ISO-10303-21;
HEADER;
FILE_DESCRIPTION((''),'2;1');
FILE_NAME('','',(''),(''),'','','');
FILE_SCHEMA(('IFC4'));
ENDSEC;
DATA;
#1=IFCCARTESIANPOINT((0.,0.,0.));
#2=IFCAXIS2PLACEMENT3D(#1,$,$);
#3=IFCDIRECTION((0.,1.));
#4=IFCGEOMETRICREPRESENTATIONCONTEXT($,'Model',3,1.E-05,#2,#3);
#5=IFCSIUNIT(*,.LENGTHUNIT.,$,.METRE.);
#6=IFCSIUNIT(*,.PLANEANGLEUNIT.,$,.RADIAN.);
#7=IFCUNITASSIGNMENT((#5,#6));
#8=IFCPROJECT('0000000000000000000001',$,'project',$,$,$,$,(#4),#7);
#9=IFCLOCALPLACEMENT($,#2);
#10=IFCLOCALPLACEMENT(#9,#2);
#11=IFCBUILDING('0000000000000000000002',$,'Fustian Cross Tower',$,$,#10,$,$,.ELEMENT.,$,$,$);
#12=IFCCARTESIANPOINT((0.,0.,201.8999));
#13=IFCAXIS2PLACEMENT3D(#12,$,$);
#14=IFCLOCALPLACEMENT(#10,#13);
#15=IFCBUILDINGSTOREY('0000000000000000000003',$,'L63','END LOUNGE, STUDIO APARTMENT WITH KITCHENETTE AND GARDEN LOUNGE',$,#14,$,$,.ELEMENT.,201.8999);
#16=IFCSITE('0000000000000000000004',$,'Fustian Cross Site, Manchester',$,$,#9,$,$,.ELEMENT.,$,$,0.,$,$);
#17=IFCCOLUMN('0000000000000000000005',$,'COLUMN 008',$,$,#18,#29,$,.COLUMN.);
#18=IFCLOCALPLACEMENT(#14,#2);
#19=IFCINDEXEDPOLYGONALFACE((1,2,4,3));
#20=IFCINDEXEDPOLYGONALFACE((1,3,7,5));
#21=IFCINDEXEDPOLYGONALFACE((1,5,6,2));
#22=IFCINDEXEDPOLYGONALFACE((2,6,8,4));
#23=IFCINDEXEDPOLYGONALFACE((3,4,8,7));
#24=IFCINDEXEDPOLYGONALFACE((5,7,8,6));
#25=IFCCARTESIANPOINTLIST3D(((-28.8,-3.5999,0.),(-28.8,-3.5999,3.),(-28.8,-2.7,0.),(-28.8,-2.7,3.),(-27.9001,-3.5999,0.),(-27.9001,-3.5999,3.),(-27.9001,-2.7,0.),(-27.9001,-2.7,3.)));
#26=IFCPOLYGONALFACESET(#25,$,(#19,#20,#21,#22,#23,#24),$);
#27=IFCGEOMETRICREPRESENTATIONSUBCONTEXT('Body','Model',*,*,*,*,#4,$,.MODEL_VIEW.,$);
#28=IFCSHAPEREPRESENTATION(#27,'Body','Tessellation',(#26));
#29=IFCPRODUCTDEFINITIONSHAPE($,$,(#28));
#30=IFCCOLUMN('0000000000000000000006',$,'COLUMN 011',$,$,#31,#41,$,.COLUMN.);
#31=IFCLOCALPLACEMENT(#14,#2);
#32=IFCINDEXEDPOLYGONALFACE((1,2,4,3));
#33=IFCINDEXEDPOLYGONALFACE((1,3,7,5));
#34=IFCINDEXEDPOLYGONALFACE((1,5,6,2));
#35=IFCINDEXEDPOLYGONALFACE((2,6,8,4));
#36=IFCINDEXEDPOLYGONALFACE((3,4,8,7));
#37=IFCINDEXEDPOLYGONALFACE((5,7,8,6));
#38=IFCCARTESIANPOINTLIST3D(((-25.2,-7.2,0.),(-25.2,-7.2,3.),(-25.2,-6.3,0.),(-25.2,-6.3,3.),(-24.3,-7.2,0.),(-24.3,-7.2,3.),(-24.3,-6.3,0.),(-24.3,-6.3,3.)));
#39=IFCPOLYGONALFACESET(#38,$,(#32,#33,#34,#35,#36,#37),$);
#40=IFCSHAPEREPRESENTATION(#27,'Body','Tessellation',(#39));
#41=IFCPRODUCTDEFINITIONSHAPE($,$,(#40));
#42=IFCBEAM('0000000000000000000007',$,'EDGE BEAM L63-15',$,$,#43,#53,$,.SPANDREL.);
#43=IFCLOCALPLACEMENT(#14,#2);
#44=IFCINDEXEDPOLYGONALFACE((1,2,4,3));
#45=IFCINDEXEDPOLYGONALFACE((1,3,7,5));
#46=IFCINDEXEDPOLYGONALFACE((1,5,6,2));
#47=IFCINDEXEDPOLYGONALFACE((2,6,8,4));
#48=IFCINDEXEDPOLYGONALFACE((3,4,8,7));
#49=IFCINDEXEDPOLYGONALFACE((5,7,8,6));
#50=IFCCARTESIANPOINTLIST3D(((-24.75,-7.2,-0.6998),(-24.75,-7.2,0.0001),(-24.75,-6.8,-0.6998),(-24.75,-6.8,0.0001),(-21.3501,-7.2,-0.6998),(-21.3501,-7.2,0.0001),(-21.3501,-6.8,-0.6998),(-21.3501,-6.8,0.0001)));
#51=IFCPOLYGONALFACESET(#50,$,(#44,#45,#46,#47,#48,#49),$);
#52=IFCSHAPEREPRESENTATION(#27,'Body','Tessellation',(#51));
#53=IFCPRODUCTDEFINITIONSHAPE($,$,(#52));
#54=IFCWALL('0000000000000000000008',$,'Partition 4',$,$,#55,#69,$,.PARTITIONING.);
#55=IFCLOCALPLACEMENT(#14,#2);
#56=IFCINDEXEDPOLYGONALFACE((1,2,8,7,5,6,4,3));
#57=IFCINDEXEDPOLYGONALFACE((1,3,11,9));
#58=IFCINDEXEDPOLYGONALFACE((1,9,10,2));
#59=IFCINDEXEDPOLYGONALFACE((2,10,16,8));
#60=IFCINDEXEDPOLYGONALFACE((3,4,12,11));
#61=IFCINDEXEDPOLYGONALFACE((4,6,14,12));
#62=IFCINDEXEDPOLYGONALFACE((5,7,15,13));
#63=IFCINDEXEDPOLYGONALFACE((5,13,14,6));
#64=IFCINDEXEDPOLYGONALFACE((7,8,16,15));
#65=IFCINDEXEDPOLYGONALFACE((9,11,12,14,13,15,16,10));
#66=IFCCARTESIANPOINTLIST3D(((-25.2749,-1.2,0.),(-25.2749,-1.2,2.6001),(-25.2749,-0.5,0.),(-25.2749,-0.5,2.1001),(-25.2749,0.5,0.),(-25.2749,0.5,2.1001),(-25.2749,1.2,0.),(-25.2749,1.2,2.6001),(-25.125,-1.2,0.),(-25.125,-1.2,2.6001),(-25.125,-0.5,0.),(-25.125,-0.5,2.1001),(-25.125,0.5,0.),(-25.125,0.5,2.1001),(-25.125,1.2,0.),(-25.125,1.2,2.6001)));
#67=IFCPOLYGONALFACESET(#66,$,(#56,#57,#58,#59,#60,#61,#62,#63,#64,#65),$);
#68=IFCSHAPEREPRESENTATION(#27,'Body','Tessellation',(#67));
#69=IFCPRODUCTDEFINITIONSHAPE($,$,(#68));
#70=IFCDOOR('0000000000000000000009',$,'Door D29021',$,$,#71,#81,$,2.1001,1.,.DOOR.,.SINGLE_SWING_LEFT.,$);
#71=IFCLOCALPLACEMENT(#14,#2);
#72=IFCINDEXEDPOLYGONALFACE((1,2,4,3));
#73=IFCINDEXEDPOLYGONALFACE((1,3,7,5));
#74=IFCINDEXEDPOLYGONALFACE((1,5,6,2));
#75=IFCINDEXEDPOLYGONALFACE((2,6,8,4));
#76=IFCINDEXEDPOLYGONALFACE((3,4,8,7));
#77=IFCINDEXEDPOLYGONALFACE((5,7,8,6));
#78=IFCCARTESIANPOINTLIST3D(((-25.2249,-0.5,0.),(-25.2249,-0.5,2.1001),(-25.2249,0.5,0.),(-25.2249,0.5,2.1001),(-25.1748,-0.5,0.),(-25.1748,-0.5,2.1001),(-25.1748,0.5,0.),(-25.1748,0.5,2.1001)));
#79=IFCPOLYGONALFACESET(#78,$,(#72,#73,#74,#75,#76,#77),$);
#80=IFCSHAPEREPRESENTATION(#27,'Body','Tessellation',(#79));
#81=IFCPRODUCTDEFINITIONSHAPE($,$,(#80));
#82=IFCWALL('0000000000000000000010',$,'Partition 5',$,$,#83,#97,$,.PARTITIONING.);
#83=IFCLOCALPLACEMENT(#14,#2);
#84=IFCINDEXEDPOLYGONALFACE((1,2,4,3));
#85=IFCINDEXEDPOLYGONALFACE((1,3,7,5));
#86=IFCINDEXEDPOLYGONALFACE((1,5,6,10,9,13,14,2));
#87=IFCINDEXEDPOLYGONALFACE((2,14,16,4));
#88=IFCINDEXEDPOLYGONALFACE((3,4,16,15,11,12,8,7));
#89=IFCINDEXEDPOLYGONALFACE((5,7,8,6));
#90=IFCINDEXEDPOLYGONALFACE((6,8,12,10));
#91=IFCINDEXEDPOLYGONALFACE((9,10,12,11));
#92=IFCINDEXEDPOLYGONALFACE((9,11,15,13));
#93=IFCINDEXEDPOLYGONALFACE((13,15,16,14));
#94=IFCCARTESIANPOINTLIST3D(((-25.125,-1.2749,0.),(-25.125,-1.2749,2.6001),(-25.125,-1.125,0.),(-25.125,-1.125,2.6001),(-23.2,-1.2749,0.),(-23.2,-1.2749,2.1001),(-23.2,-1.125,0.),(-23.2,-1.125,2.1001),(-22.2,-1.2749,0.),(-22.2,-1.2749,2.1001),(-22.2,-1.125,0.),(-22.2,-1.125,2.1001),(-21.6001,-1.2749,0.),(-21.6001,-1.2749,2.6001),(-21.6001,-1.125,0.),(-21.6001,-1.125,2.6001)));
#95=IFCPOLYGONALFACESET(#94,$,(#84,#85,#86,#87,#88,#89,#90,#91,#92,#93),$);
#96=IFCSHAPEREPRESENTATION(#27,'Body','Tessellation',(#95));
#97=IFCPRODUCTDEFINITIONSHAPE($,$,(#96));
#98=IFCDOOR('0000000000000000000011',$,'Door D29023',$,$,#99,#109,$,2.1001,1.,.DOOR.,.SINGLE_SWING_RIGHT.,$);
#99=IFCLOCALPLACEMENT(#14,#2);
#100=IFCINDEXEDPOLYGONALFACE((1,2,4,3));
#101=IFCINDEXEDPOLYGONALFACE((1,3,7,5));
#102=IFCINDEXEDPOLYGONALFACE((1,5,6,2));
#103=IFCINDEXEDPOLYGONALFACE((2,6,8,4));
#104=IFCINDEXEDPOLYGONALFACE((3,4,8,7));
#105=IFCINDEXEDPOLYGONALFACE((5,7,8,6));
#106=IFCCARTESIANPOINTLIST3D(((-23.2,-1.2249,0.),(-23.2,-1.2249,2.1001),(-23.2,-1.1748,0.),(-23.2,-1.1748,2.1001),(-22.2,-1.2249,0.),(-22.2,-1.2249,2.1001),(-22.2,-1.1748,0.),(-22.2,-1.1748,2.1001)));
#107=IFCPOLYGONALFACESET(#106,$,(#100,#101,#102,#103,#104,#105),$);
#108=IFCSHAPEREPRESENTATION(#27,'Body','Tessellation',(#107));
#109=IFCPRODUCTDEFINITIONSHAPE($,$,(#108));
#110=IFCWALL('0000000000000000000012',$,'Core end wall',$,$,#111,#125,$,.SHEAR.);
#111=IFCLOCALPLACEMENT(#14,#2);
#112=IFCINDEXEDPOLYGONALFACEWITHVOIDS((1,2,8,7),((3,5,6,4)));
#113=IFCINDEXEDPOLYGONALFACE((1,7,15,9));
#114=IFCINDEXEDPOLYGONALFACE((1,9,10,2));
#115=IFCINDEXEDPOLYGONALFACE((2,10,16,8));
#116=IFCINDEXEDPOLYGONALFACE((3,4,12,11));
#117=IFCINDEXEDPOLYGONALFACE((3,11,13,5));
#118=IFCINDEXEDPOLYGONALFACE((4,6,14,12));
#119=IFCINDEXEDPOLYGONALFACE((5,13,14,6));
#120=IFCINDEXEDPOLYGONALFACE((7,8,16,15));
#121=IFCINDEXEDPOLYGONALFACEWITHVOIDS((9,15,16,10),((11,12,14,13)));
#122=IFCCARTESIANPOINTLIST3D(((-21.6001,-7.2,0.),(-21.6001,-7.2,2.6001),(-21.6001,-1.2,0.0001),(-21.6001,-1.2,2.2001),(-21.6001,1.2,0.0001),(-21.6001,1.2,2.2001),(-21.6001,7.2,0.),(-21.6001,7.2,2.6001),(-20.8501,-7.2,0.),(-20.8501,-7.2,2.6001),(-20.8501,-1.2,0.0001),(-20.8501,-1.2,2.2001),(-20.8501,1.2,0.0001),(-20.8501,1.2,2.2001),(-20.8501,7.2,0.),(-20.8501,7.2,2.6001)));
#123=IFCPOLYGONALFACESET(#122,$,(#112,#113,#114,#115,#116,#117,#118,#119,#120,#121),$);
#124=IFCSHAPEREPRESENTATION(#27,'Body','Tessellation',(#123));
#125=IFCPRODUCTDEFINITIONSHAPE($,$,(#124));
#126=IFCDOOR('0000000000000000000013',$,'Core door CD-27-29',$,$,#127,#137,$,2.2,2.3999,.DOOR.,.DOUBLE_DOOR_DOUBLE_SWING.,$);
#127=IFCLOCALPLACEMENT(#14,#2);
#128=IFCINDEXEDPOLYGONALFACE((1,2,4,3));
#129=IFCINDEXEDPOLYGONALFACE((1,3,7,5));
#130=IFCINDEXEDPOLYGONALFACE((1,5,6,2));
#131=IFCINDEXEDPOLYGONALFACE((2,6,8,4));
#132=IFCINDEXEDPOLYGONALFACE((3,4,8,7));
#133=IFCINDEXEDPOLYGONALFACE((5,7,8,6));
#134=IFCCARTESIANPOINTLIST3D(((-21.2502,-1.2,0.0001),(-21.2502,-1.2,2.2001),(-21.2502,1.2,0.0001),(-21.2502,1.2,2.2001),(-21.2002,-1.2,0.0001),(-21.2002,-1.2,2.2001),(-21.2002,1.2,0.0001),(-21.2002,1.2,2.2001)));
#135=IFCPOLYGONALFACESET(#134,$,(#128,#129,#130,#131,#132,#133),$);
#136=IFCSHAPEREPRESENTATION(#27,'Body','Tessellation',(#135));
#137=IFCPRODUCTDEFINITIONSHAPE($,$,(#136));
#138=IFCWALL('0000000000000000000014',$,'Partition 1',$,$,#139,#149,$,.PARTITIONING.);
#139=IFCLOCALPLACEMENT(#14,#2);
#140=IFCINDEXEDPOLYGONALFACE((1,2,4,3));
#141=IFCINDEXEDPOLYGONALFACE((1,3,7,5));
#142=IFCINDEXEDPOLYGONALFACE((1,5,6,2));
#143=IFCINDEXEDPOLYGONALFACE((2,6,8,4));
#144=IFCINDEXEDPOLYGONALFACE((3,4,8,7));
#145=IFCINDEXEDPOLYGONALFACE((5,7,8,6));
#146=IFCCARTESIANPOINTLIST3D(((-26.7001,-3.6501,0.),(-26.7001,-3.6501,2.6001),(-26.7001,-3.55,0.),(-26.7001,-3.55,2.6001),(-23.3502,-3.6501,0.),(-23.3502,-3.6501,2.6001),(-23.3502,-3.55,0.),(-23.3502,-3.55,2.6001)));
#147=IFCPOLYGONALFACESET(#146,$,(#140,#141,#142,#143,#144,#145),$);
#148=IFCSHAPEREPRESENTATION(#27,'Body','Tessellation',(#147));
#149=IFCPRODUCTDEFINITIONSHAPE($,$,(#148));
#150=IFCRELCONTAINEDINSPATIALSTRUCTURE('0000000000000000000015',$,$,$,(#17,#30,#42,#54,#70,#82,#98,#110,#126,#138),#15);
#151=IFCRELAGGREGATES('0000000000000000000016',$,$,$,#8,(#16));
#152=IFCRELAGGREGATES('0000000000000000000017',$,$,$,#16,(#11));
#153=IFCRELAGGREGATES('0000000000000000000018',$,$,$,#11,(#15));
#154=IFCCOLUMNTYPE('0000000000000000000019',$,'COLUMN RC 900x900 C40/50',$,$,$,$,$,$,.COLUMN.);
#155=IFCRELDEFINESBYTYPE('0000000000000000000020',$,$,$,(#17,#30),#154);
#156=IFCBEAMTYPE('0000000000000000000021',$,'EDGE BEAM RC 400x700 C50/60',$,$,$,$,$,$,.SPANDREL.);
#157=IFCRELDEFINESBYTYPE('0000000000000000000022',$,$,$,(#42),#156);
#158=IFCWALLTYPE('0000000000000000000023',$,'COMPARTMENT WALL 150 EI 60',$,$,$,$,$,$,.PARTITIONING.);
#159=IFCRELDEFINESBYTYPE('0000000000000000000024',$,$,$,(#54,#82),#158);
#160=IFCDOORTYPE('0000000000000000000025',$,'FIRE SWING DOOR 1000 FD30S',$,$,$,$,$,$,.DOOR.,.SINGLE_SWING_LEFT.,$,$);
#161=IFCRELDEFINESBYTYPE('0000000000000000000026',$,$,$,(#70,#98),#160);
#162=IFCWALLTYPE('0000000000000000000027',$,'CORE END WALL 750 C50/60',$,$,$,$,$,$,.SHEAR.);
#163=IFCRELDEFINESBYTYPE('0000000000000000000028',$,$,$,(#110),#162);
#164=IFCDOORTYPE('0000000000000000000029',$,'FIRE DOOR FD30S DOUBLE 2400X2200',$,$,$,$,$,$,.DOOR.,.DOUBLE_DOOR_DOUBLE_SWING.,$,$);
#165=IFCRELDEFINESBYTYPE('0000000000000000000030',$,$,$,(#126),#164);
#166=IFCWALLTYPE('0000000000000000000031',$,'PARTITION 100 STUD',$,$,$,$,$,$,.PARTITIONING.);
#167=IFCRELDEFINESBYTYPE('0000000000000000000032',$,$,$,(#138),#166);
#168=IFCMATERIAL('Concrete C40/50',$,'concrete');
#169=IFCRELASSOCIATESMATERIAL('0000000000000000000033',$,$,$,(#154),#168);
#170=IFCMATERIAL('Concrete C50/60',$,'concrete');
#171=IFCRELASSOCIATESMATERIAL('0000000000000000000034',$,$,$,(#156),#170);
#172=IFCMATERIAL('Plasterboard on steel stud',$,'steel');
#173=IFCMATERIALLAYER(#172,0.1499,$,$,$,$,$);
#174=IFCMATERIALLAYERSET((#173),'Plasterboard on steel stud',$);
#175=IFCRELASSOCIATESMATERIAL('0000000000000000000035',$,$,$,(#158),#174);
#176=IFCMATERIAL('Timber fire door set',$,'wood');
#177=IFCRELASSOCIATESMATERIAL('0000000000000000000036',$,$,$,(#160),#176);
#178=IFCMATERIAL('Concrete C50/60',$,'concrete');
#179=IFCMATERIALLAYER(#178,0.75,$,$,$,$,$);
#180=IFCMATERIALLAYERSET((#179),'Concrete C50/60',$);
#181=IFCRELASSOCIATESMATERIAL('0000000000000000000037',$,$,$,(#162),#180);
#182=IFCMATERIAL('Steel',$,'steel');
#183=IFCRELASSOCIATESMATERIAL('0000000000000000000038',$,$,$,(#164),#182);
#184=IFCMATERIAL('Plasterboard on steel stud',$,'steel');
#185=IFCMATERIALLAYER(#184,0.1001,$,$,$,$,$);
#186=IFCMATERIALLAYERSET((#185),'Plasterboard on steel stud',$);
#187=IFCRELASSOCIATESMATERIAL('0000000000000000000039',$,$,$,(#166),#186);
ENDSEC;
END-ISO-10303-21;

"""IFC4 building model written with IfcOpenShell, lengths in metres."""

from ifc_helpers import new_model, si_unit, direction, frame, frame_2d, origin, origin_2d, place, context, subcontext, project, spatial, rectangle, extrude, material, layer, layer_set, material_profile, profile_set, type_object, element, fill, save


model = new_model("IFC4")

# Units and contexts
model_context = context("Model", 3, precision=1e-05, world=origin(), true_north=direction((0.0, 1.0)))
body_context = subcontext(model_context, "Body", "Model", "MODEL_VIEW")
ifc_project = project(units=[si_unit("LENGTHUNIT", "METRE"), si_unit("PLANEANGLEUNIT", "RADIAN")], contexts=[model_context])

# Site, building, storey
site_placement = place(None, origin())
site = spatial("IfcSite", under=ifc_project, at=site_placement, Name="Fustian Cross Site, Manchester", CompositionType="ELEMENT", RefElevation=0.0)
building_placement = place(site_placement, origin())
building = spatial("IfcBuilding", under=site, at=building_placement, Name="Fustian Cross Tower", CompositionType="ELEMENT")
storey_placement = place(building_placement, frame((0.0, 0.0, 201.8999)))
storey = spatial("IfcBuildingStorey", under=building, at=storey_placement, Name="L63", Description="END LOUNGE, STUDIO APARTMENT WITH KITCHENETTE AND GARDEN LOUNGE", CompositionType="ELEMENT", Elevation=201.8999)

# Columns
ifc_material_1 = material(Name="Concrete C40/50", Category="concrete")
ifc_material_profile_1 = material_profile(ifc_material_1, rectangle(XDim=0.8999, YDim=0.8999, at=origin_2d()), Name="RC 900x900")
ifc_profile_set_1 = profile_set([ifc_material_profile_1], Name="Concrete C40/50")
column_type = type_object("IfcColumnType", Name="COLUMN RC 900x900 C40/50", PredefinedType="COLUMN", material=ifc_profile_set_1)
for number, where, z_axis, x_axis, name in (
    (1, (-28.3501, -3.1499, 0.0), (0.0, 0.0, 1.0), (1.0, 0.0, 0.0), "COLUMN 008"),
    (2, (-24.75, -6.75, 0.0), (0.0, 0.0, 1.0), (1.0, 0.0, 0.0), "COLUMN 011"),
):
    element("IfcColumn", number, at=place(storey_placement, frame(where, z_axis=z_axis, x_axis=x_axis)), inside=storey, type_object=column_type, Name=name, PredefinedType="COLUMN", context=body_context, shape_type="SweptSolid", body=[
        extrude(rectangle(XDim=0.8999, YDim=0.8999, at=origin_2d()), origin(), (0.0, 0.0, 1.0), 3.0),
    ])

# Beam
ifc_material_2 = material(Name="Concrete C50/60", Category="concrete")
ifc_material_profile_2 = material_profile(ifc_material_2, rectangle(XDim=0.3999, YDim=0.7, at=origin_2d()), Name="RC 400x700")
ifc_profile_set_2 = profile_set([ifc_material_profile_2], Name="Concrete C50/60")
beam_type = type_object("IfcBeamType", Name="EDGE BEAM RC 400x700 C50/60", PredefinedType="SPANDREL", material=ifc_profile_set_2)
beam_placement = place(storey_placement, frame((-24.75, -7.0, -0.3499), z_axis=(1.0, 0.0, 0.0), x_axis=(0.0, 1.0, 0.0)))
element("IfcBeam", 3, at=beam_placement, inside=storey, type_object=beam_type, Name="EDGE BEAM L63-15", PredefinedType="SPANDREL", context=body_context, shape_type="SweptSolid", body=[
    extrude(rectangle(XDim=0.3999, YDim=0.7, at=origin_2d()), origin(), (0.0, 0.0, 1.0), 3.3999),
])

# Walls, openings, doors
ifc_material_3 = material(Name="Plasterboard on steel stud", Category="steel")
ifc_layer_1 = layer(ifc_material_3, 0.1499)
ifc_layer_set_1 = layer_set([ifc_layer_1], Name="Plasterboard on steel stud")
wall_type_1 = type_object("IfcWallType", Name="COMPARTMENT WALL 150 EI 60", PredefinedType="PARTITIONING", material=ifc_layer_set_1)
wall_1_placement = place(storey_placement, frame((-25.2, -1.2, 0.0), z_axis=(0.0, 0.0, 1.0), x_axis=(0.0, 1.0, 0.0)))
wall_1 = element("IfcWall", 4, at=wall_1_placement, inside=storey, type_object=wall_type_1, Name="Partition 4", PredefinedType="PARTITIONING", context=body_context, shape_type="SweptSolid", body=[
    extrude(rectangle(XDim=2.3999, YDim=0.1499, at=frame_2d((1.2, 0.0))), origin(), (0.0, 0.0, 1.0), 2.6001),
])
opening_1_placement = place(wall_1_placement, frame((0.7, 0.0, 0.0)))
opening_1 = element("IfcOpeningElement", 5, at=opening_1_placement, cuts=wall_1, PredefinedType="OPENING", context=body_context, shape_type="SweptSolid", body=[
    extrude(rectangle(XDim=1.0, YDim=2.1001, at=frame_2d((0.5, 1.05))), frame((0.0, 0.085, 0.0), z_axis=(0.0, -1.0, 0.0), x_axis=(1.0, 0.0, 0.0)), (0.0, 0.0, 1.0), 0.1699),
])
ifc_material_4 = material(Name="Timber fire door set", Category="wood")
door_type_1 = type_object("IfcDoorType", Name="FIRE SWING DOOR 1000 FD30S", OperationType="SINGLE_SWING_LEFT", PredefinedType="DOOR", material=ifc_material_4)
door_1_placement = place(opening_1_placement, origin())
door_1 = element("IfcDoor", 6, at=door_1_placement, inside=storey, type_object=door_type_1, Name="Door D29021", OperationType="SINGLE_SWING_LEFT", OverallHeight=2.1001, OverallWidth=1.0, PredefinedType="DOOR", context=body_context, shape_type="SweptSolid", body=[
    extrude(rectangle(XDim=1.0, YDim=2.1001, at=frame_2d((0.5, 1.05))), frame((0.0, 0.0249, 0.0), z_axis=(0.0, -1.0, 0.0), x_axis=(1.0, 0.0, 0.0)), (0.0, 0.0, 1.0), 0.05),
])
fill(opening_1, door_1)
wall_2_placement = place(storey_placement, frame((-25.125, -1.2, 0.0), z_axis=(0.0, 0.0, 1.0), x_axis=(1.0, 0.0, 0.0)))
wall_2 = element("IfcWall", 7, at=wall_2_placement, inside=storey, type_object=wall_type_1, Name="Partition 5", PredefinedType="PARTITIONING", context=body_context, shape_type="SweptSolid", body=[
    extrude(rectangle(XDim=3.5249, YDim=0.1499, at=frame_2d((1.7625, 0.0))), origin(), (0.0, 0.0, 1.0), 2.6001),
])
opening_2_placement = place(wall_2_placement, frame((1.925, 0.0, 0.0)))
opening_2 = element("IfcOpeningElement", 8, at=opening_2_placement, cuts=wall_2, PredefinedType="OPENING", context=body_context, shape_type="SweptSolid", body=[
    extrude(rectangle(XDim=1.0, YDim=2.1001, at=frame_2d((0.5, 1.05))), frame((0.0, 0.085, 0.0), z_axis=(0.0, -1.0, 0.0), x_axis=(1.0, 0.0, 0.0)), (0.0, 0.0, 1.0), 0.1699),
])
door_2_placement = place(opening_2_placement, frame((1.0, 0.0, 0.0), z_axis=(0.0, 0.0, 1.0), x_axis=(-1.0, 0.0, 0.0)))
door_2 = element("IfcDoor", 9, at=door_2_placement, inside=storey, type_object=door_type_1, Name="Door D29023", OperationType="SINGLE_SWING_RIGHT", OverallHeight=2.1001, OverallWidth=1.0, PredefinedType="DOOR", context=body_context, shape_type="SweptSolid", body=[
    extrude(rectangle(XDim=1.0, YDim=2.1001, at=frame_2d((0.5, 1.05))), frame((0.0, 0.0249, 0.0), z_axis=(0.0, -1.0, 0.0), x_axis=(1.0, 0.0, 0.0)), (0.0, 0.0, 1.0), 0.05),
])
fill(opening_2, door_2)
ifc_material_5 = material(Name="Concrete C50/60", Category="concrete")
ifc_layer_2 = layer(ifc_material_5, 0.75)
ifc_layer_set_2 = layer_set([ifc_layer_2], Name="Concrete C50/60")
wall_type_2 = type_object("IfcWallType", Name="CORE END WALL 750 C50/60", PredefinedType="SHEAR", material=ifc_layer_set_2)
wall_3_placement = place(storey_placement, frame((-21.2251, -7.2, 0.0), z_axis=(0.0, 0.0, 1.0), x_axis=(0.0, 1.0, 0.0)))
wall_3 = element("IfcWall", 10, at=wall_3_placement, inside=storey, type_object=wall_type_2, Name="Core end wall", PredefinedType="SHEAR", context=body_context, shape_type="SweptSolid", body=[
    extrude(rectangle(XDim=14.3999, YDim=0.75, at=frame_2d((7.2, 0.0))), origin(), (0.0, 0.0, 1.0), 2.6001),
])
opening_3_placement = place(wall_3_placement, frame((6.0, 0.0, 0.0)))
opening_3 = element("IfcOpeningElement", 11, at=opening_3_placement, cuts=wall_3, PredefinedType="OPENING", context=body_context, shape_type="SweptSolid", body=[
    extrude(rectangle(XDim=2.3999, YDim=2.2, at=frame_2d((1.2, 1.1001))), frame((0.0, 0.385, 0.0), z_axis=(0.0, -1.0, 0.0), x_axis=(1.0, 0.0, 0.0)), (0.0, 0.0, 1.0), 0.77),
])
ifc_material_6 = material(Name="Steel", Category="steel")
door_type_2 = type_object("IfcDoorType", Name="FIRE DOOR FD30S DOUBLE 2400X2200", OperationType="DOUBLE_DOOR_DOUBLE_SWING", PredefinedType="DOOR", material=ifc_material_6)
door_3_placement = place(opening_3_placement, frame((2.3999, 0.0, 0.0), z_axis=(0.0, 0.0, 1.0), x_axis=(-1.0, 0.0, 0.0)))
door_3 = element("IfcDoor", 12, at=door_3_placement, inside=storey, type_object=door_type_2, Name="Core door CD-27-29", OperationType="DOUBLE_DOOR_DOUBLE_SWING", OverallHeight=2.2, OverallWidth=2.3999, PredefinedType="DOOR", context=body_context, shape_type="SweptSolid", body=[
    extrude(rectangle(XDim=2.3999, YDim=2.2, at=frame_2d((1.2, 1.1001))), frame((0.0, 0.0249, 0.0), z_axis=(0.0, -1.0, 0.0), x_axis=(1.0, 0.0, 0.0)), (0.0, 0.0, 1.0), 0.05),
])
fill(opening_3, door_3)

# Wall
ifc_material_7 = material(Name="Plasterboard on steel stud", Category="steel")
ifc_layer_3 = layer(ifc_material_7, 0.1001)
ifc_layer_set_3 = layer_set([ifc_layer_3], Name="Plasterboard on steel stud")
wall_type_3 = type_object("IfcWallType", Name="PARTITION 100 STUD", PredefinedType="PARTITIONING", material=ifc_layer_set_3)
wall_4_placement = place(storey_placement, frame((-26.7, -3.6001, 0.0), z_axis=(0.0, 0.0, 1.0), x_axis=(1.0, 0.0, 0.0)))
element("IfcWall", 13, at=wall_4_placement, inside=storey, type_object=wall_type_3, Name="Partition 1", PredefinedType="PARTITIONING", context=body_context, shape_type="SweptSolid", body=[
    extrude(rectangle(XDim=3.3499, YDim=0.1001, at=frame_2d((1.6748, 0.0))), origin(), (0.0, 0.0, 1.0), 2.6001),
])

save(model, "model.ifc")
